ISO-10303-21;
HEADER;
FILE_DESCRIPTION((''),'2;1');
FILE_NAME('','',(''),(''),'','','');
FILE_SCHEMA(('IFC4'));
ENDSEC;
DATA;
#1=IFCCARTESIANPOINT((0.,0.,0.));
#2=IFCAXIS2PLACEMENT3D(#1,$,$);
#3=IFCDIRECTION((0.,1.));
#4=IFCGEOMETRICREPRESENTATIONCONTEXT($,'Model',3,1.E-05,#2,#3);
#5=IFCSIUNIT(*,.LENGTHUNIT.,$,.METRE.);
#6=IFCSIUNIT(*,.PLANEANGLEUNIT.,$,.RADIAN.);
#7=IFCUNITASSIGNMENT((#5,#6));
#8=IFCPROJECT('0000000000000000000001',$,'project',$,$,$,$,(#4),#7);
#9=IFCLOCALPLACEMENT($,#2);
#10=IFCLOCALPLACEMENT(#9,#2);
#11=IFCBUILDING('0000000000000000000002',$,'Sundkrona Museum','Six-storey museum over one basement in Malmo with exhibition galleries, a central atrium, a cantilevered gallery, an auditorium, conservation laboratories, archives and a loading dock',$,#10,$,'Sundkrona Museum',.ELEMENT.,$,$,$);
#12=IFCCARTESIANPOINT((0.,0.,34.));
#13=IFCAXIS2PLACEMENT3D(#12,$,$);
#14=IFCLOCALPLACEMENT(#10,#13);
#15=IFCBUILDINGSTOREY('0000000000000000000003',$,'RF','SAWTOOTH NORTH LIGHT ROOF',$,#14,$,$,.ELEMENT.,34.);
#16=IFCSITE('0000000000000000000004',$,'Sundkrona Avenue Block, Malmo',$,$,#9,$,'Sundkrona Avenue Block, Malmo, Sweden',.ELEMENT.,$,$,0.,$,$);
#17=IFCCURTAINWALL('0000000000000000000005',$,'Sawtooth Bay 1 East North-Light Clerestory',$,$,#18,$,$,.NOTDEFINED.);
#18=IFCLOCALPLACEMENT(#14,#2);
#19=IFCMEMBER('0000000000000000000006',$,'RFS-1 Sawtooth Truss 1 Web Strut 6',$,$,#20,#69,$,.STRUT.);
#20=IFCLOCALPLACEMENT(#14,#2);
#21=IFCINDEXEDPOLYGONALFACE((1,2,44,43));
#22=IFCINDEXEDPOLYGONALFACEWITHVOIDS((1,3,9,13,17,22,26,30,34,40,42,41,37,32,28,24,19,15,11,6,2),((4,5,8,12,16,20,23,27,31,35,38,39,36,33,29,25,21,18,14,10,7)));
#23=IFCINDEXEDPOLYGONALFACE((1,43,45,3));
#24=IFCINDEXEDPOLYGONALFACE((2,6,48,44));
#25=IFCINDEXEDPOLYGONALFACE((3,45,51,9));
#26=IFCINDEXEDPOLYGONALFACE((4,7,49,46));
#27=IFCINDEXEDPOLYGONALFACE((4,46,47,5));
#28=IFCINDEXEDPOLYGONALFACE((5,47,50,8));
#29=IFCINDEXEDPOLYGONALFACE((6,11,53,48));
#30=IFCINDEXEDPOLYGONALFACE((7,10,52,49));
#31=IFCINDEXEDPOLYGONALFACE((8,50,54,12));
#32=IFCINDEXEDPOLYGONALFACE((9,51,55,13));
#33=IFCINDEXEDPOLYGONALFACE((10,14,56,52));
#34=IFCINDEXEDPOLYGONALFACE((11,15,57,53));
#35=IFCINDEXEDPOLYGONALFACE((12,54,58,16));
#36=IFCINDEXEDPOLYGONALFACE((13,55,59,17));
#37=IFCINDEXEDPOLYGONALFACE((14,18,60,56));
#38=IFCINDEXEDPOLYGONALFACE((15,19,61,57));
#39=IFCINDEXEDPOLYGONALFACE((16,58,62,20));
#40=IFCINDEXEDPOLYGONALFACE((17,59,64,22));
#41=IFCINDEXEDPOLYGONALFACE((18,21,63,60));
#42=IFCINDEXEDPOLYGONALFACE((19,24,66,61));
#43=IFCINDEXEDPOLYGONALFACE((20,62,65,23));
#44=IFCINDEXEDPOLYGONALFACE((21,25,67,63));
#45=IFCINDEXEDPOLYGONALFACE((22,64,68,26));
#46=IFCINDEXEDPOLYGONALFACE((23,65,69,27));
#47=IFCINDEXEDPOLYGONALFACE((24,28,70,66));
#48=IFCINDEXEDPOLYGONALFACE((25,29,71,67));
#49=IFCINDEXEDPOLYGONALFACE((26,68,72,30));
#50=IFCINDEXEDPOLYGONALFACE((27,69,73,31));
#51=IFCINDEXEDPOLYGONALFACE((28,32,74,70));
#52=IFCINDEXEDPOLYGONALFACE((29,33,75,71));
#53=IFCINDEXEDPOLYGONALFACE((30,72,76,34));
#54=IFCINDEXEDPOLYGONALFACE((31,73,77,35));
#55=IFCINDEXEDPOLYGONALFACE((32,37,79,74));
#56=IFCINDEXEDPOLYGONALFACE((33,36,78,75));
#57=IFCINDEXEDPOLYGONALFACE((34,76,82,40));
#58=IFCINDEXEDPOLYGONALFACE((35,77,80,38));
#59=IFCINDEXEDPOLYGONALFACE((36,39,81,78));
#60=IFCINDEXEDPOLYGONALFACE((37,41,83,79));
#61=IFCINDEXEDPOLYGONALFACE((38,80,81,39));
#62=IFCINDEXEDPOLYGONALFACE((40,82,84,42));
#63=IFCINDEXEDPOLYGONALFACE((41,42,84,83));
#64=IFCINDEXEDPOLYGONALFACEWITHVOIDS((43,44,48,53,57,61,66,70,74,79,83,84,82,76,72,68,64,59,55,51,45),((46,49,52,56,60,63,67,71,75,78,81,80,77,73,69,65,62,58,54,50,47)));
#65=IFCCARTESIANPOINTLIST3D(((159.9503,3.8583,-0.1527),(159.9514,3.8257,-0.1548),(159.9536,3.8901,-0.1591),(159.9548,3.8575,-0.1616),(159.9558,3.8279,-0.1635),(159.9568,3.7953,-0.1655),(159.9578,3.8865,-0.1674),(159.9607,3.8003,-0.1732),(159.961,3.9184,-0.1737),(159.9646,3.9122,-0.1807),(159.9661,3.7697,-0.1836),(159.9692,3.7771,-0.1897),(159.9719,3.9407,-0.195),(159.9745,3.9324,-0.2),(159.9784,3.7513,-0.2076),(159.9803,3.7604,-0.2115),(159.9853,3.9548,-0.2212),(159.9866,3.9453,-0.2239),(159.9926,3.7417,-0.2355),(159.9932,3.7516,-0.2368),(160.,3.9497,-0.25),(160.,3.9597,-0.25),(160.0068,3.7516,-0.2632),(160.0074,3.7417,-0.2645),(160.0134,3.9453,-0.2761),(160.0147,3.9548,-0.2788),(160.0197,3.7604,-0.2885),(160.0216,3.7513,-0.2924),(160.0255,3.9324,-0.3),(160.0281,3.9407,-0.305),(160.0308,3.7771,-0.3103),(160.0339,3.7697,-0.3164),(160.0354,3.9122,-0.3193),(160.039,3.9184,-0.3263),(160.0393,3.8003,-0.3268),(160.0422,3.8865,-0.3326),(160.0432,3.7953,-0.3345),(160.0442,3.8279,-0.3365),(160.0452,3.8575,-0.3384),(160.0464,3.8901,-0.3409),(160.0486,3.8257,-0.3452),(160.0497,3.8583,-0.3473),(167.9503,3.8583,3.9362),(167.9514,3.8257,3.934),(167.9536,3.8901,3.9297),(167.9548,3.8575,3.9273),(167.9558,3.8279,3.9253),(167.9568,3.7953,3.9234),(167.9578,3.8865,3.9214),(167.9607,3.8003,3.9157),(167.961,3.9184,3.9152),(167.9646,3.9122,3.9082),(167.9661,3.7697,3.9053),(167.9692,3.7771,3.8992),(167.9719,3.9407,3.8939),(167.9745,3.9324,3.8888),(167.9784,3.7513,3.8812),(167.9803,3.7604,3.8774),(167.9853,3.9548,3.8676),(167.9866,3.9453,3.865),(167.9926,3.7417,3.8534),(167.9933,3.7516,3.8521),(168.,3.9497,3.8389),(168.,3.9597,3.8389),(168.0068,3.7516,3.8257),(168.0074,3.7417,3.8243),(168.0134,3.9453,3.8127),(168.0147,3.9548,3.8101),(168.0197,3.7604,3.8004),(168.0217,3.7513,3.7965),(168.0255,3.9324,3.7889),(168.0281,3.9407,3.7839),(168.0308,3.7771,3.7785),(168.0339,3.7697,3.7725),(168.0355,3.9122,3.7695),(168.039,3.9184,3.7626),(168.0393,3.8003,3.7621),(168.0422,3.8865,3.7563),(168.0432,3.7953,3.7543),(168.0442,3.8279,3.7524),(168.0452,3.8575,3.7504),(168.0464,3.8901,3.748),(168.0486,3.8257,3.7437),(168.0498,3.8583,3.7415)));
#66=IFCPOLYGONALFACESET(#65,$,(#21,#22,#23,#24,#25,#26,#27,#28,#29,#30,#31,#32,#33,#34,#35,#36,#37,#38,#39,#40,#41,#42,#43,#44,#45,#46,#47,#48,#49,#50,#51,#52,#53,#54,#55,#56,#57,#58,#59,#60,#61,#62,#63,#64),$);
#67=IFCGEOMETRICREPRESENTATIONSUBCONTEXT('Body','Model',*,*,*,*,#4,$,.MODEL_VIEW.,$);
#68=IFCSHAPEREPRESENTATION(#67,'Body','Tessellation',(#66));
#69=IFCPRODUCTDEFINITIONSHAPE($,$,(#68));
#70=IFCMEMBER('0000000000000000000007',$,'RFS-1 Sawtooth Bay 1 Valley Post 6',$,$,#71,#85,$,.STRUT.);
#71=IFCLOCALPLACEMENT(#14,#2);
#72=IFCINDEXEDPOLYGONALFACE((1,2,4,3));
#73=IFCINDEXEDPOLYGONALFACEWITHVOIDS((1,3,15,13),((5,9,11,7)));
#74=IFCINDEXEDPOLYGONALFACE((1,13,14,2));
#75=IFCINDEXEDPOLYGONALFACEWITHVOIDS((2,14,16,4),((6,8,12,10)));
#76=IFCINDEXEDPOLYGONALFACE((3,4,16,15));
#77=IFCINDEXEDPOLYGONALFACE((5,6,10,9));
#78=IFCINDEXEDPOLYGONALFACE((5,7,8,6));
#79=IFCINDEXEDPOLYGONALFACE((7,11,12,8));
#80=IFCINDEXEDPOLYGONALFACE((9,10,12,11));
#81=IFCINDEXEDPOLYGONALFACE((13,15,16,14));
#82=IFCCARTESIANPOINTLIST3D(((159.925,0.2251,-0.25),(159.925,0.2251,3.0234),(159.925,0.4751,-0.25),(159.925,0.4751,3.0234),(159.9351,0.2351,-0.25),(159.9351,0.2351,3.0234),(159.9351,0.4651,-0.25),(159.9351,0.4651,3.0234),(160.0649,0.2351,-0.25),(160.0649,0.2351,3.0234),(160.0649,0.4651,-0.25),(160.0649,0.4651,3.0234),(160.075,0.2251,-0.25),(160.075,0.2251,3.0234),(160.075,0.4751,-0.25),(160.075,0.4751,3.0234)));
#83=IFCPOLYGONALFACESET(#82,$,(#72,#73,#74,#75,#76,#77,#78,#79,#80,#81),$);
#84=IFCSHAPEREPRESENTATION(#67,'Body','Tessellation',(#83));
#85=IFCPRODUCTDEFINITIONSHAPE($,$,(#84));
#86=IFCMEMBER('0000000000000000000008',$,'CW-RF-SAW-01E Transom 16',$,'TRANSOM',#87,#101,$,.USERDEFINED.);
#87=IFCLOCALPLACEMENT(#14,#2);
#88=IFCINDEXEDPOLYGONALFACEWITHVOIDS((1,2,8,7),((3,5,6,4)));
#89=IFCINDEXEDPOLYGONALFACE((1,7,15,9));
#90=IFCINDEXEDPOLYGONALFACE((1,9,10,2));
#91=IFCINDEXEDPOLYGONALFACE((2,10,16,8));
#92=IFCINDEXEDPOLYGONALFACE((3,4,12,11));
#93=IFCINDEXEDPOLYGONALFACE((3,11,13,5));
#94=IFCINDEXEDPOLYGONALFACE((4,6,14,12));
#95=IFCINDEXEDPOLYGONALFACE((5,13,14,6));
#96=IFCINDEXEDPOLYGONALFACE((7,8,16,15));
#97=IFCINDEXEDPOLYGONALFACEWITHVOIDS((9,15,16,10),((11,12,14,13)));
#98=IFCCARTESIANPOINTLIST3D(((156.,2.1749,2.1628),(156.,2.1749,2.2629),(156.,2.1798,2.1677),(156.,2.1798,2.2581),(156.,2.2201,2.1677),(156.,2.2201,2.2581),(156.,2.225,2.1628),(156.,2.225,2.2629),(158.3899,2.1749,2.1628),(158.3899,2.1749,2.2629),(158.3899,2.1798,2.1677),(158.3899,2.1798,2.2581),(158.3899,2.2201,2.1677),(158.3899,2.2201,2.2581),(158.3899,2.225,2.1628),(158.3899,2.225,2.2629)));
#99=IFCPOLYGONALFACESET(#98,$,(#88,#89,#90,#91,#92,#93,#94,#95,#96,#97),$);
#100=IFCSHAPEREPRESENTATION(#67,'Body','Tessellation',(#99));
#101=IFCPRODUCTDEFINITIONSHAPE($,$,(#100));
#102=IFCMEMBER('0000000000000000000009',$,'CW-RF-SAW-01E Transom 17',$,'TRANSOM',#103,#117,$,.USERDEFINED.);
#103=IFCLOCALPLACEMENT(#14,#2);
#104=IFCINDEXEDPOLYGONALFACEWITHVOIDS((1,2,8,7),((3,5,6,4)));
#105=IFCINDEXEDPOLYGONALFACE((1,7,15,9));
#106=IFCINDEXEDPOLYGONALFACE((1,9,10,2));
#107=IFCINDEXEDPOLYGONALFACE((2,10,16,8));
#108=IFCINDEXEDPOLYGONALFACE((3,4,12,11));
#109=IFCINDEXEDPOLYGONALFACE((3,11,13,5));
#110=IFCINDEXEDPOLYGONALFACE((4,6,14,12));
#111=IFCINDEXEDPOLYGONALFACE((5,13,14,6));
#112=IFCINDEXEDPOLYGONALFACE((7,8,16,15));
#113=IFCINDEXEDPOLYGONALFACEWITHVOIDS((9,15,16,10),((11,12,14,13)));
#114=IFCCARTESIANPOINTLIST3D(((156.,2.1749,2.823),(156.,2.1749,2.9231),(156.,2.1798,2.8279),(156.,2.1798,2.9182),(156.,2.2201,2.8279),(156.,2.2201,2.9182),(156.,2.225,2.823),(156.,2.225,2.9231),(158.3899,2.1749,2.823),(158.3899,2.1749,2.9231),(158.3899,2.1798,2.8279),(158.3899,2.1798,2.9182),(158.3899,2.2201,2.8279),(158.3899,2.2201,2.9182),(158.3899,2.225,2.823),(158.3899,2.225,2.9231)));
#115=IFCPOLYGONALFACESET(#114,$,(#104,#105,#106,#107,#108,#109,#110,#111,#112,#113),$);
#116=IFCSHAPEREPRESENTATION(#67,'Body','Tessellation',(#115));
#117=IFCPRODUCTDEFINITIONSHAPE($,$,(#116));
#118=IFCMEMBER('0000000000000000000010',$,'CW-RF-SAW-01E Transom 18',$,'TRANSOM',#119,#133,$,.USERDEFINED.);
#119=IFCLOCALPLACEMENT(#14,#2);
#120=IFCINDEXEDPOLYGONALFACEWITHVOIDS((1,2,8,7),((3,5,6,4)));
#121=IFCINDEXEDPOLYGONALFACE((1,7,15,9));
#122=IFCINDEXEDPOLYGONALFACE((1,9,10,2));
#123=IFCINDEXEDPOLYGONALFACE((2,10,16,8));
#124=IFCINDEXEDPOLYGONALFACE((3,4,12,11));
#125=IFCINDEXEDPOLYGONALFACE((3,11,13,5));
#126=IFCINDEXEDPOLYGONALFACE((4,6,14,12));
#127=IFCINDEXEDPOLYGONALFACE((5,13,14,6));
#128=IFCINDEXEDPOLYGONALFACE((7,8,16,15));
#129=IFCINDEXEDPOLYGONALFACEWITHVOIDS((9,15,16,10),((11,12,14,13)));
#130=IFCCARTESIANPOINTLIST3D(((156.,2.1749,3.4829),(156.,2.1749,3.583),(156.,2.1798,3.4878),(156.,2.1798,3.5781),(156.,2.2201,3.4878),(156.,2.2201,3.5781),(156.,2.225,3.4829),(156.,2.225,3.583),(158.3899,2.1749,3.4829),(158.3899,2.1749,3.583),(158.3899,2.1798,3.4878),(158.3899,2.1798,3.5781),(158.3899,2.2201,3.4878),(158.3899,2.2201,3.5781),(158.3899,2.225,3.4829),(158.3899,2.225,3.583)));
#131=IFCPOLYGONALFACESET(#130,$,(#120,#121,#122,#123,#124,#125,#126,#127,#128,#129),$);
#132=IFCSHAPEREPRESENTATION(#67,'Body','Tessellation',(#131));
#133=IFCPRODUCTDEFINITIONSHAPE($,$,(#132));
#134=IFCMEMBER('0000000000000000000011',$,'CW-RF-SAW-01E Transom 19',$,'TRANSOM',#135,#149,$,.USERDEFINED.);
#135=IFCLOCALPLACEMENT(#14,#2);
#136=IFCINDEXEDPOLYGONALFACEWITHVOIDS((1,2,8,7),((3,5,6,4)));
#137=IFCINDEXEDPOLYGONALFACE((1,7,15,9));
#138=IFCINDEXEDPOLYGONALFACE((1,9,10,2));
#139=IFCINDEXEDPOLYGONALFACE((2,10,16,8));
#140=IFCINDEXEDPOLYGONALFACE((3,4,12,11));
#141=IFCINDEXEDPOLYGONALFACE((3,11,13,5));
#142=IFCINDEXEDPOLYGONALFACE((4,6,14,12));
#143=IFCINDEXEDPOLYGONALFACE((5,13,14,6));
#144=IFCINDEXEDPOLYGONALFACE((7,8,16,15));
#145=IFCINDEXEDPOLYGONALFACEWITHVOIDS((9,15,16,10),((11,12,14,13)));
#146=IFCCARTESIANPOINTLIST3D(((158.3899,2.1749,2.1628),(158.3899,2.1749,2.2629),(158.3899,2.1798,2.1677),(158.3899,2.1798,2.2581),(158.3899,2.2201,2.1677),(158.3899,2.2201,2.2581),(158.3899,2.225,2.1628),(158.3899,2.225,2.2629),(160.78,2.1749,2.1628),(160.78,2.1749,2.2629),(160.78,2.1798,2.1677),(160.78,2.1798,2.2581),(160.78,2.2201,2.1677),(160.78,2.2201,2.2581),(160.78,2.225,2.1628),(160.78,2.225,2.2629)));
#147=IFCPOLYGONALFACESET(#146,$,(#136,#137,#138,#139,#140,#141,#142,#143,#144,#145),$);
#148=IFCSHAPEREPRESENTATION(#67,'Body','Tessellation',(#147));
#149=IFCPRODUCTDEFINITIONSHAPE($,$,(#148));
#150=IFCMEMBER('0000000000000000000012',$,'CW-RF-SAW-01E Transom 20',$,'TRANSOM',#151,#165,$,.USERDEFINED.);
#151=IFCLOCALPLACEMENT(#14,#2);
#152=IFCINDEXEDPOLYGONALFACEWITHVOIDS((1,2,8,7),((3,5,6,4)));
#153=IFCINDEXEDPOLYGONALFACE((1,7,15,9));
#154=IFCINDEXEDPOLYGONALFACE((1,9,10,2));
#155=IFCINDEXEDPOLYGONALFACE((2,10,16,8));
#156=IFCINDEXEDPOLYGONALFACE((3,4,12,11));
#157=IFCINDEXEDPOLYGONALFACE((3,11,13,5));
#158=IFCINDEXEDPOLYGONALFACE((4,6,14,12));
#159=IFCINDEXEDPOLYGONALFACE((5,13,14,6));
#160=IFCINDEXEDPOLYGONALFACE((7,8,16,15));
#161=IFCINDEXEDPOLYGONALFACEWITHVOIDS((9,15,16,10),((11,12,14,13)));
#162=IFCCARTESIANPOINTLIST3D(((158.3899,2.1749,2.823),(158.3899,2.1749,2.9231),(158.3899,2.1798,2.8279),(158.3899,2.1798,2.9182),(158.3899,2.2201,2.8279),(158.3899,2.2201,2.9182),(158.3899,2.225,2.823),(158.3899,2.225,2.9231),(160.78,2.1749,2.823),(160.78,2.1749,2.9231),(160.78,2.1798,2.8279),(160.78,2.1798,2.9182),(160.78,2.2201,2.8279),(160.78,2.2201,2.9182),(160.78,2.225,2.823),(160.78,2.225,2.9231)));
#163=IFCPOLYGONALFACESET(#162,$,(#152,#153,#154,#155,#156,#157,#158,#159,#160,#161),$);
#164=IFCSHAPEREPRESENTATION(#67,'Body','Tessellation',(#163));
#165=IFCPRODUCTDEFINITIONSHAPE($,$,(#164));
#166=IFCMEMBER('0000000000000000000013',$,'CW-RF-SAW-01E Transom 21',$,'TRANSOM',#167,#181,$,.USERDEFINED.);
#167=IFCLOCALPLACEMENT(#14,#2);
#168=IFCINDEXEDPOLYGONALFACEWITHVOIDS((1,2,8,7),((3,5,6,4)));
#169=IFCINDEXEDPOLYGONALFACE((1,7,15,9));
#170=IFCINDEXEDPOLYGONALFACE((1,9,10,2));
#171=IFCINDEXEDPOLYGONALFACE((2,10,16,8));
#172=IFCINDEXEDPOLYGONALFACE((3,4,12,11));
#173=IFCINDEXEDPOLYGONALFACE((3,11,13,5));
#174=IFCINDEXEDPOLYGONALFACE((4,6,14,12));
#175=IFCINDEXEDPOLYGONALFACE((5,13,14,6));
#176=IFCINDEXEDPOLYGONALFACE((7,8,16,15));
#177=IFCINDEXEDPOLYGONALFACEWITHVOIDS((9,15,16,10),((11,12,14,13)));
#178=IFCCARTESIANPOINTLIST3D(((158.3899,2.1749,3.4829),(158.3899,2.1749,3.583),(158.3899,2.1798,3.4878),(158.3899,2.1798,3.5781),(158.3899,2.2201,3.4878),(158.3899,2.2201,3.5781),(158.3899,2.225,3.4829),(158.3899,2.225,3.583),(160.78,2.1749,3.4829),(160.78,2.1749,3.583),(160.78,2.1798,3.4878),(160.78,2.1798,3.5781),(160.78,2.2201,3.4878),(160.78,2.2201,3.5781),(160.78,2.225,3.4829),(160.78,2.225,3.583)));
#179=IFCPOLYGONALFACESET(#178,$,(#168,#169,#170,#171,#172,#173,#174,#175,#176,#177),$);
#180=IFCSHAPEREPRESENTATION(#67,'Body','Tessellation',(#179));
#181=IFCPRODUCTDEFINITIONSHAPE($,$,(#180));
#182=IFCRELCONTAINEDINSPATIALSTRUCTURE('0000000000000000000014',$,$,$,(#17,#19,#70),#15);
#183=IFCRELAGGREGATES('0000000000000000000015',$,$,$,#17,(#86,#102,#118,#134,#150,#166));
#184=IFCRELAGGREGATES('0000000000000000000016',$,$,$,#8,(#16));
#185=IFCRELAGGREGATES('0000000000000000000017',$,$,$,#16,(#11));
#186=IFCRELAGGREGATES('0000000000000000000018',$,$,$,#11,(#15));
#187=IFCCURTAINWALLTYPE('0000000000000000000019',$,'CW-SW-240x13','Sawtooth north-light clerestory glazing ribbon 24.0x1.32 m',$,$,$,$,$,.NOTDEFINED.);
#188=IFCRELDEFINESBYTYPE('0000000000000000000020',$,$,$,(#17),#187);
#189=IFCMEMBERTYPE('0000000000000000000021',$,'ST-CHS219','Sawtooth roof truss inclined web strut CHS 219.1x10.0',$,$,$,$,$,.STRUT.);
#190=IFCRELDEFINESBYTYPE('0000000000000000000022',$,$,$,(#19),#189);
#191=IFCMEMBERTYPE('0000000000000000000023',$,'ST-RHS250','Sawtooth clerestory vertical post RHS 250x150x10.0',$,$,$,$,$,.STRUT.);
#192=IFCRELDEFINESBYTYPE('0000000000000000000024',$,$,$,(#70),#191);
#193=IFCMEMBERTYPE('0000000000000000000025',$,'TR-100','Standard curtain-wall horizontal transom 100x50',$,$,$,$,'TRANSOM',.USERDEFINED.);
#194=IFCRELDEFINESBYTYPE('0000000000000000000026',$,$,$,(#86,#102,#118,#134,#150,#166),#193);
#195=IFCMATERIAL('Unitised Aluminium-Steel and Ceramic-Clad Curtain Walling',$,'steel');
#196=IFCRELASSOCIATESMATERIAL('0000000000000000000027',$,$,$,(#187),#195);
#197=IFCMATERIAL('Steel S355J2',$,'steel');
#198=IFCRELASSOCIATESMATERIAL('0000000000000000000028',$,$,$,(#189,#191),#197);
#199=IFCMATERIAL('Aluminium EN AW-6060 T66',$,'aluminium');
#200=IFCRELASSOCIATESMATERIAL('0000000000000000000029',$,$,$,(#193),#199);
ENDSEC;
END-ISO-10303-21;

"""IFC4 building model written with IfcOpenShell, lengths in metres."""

from ifc_helpers import new_model, si_unit, direction, frame, origin, origin_2d, place, context, subcontext, project, spatial, hollow_rectangle, hollow_circle, extrude, material, material_profile, profile_set, type_object, element, aggregate, save


model = new_model("IFC4")

# Units and contexts
model_context = context("Model", 3, precision=1e-05, world=origin(), true_north=direction((0.0, 1.0)))
body_context = subcontext(model_context, "Body", "Model", "MODEL_VIEW")
ifc_project = project(units=[si_unit("LENGTHUNIT", "METRE"), si_unit("PLANEANGLEUNIT", "RADIAN")], contexts=[model_context])

# Site, building, storey
site_placement = place(None, origin())
site = spatial("IfcSite", under=ifc_project, at=site_placement, Name="Sundkrona Avenue Block, Malmo", LongName="Sundkrona Avenue Block, Malmo, Sweden", CompositionType="ELEMENT", RefElevation=0.0)
building_placement = place(site_placement, origin())
building = spatial("IfcBuilding", under=site, at=building_placement, Name="Sundkrona Museum", Description="Six-storey museum over one basement in Malmo with exhibition galleries, a central atrium, a cantilevered gallery, an auditorium, conservation laboratories, archives and a loading dock", LongName="Sundkrona Museum", CompositionType="ELEMENT")
storey_placement = place(building_placement, frame((0.0, 0.0, 34.0)))
storey = spatial("IfcBuildingStorey", under=building, at=storey_placement, Name="RF", Description="SAWTOOTH NORTH LIGHT ROOF", CompositionType="ELEMENT", Elevation=34.0)

# Curtain wall
ifc_material_1 = material(Name="Unitised Aluminium-Steel and Ceramic-Clad Curtain Walling", Category="steel")
curtain_wall_type = type_object("IfcCurtainWallType", Name="CW-SW-240x13", Description="Sawtooth north-light clerestory glazing ribbon 24.0x1.32 m", PredefinedType="NOTDEFINED", material=ifc_material_1)
curtain_wall_placement = place(storey_placement, origin())
curtain_wall = element("IfcCurtainWall", 1, at=curtain_wall_placement, inside=storey, type_object=curtain_wall_type, Name="Sawtooth Bay 1 East North-Light Clerestory", PredefinedType="NOTDEFINED")
ifc_material_2 = material(Name="Aluminium EN AW-6060 T66", Category="aluminium")

# Members
ifc_material_3 = material(Name="Steel S355J2", Category="steel")
ifc_material_profile_1 = material_profile(ifc_material_3, hollow_circle(Radius=0.1096, WallThickness=0.01, at=origin_2d()), Name="CHS 219.1x10.0")
ifc_profile_set_1 = profile_set([ifc_material_profile_1], Name="Steel S355J2")
member_type_1 = type_object("IfcMemberType", Name="ST-CHS219", Description="Sawtooth roof truss inclined web strut CHS 219.1x10.0", PredefinedType="STRUT", material=ifc_profile_set_1)
member_1_placement = place(storey_placement, frame((160.0, 3.8501, -0.25), z_axis=(0.890436, 0.0, 0.455109), x_axis=(0.0, 1.0, 0.0)))
element("IfcMember", 2, at=member_1_placement, inside=storey, type_object=member_type_1, Name="RFS-1 Sawtooth Truss 1 Web Strut 6", PredefinedType="STRUT", context=body_context, shape_type="SweptSolid", body=[
    extrude(hollow_circle(Radius=0.1096, WallThickness=0.01, at=origin_2d()), origin(), (0.0, 0.0, 1.0), 8.9844),
])
ifc_material_profile_2 = material_profile(ifc_material_3, hollow_rectangle(XDim=0.1499, YDim=0.25, WallThickness=0.01, at=origin_2d()), Name="RHS 250x150x10.0")
ifc_profile_set_2 = profile_set([ifc_material_profile_2], Name="Steel S355J2")
member_type_2 = type_object("IfcMemberType", Name="ST-RHS250", Description="Sawtooth clerestory vertical post RHS 250x150x10.0", PredefinedType="STRUT", material=ifc_profile_set_2)
member_2_placement = place(storey_placement, frame((160.0, 0.3501, -0.25), z_axis=(0.0, 0.0, 1.0), x_axis=(1.0, 0.0, 0.0)))
element("IfcMember", 3, at=member_2_placement, inside=storey, type_object=member_type_2, Name="RFS-1 Sawtooth Bay 1 Valley Post 6", PredefinedType="STRUT", context=body_context, shape_type="SweptSolid", body=[
    extrude(hollow_rectangle(XDim=0.1499, YDim=0.25, WallThickness=0.01, at=origin_2d()), origin(), (0.0, 0.0, 1.0), 3.2734),
])

# Members
ifc_material_profile_3 = material_profile(ifc_material_2, hollow_rectangle(XDim=0.05, YDim=0.1001, WallThickness=0.0049, at=origin_2d()), Name="RHS 100x50x5.0")
ifc_profile_set_3 = profile_set([ifc_material_profile_3], Name="Aluminium EN AW-6060 T66")
member_type_3 = type_object("IfcMemberType", Name="TR-100", Description="Standard curtain-wall horizontal transom 100x50", ElementType="TRANSOM", PredefinedType="USERDEFINED", material=ifc_profile_set_3)
member_3_placement = place(storey_placement, frame((156.0, 2.2, 2.2129), z_axis=(1.0, 0.0, 0.0), x_axis=(0.0, 1.0, 0.0)))
member_3 = element("IfcMember", 4, at=member_3_placement, type_object=member_type_3, Name="CW-RF-SAW-01E Transom 16", ObjectType="TRANSOM", PredefinedType="USERDEFINED", context=body_context, shape_type="SweptSolid", body=[
    extrude(hollow_rectangle(XDim=0.05, YDim=0.1001, WallThickness=0.0049, at=origin_2d()), origin(), (0.0, 0.0, 1.0), 2.3899),
])
member_4_placement = place(storey_placement, frame((156.0, 2.2, 2.873), z_axis=(1.0, 0.0, 0.0), x_axis=(0.0, 1.0, 0.0)))
member_4 = element("IfcMember", 5, at=member_4_placement, type_object=member_type_3, Name="CW-RF-SAW-01E Transom 17", ObjectType="TRANSOM", PredefinedType="USERDEFINED", context=body_context, shape_type="SweptSolid", body=[
    extrude(hollow_rectangle(XDim=0.05, YDim=0.1001, WallThickness=0.0049, at=origin_2d()), origin(), (0.0, 0.0, 1.0), 2.3899),
])
member_5_placement = place(storey_placement, frame((156.0, 2.2, 3.533), z_axis=(1.0, 0.0, 0.0), x_axis=(0.0, 1.0, 0.0)))
member_5 = element("IfcMember", 6, at=member_5_placement, type_object=member_type_3, Name="CW-RF-SAW-01E Transom 18", ObjectType="TRANSOM", PredefinedType="USERDEFINED", context=body_context, shape_type="SweptSolid", body=[
    extrude(hollow_rectangle(XDim=0.05, YDim=0.1001, WallThickness=0.0049, at=origin_2d()), origin(), (0.0, 0.0, 1.0), 2.3899),
])
member_6_placement = place(storey_placement, frame((158.3899, 2.2, 2.2129), z_axis=(1.0, 0.0, 0.0), x_axis=(0.0, 1.0, 0.0)))
member_6 = element("IfcMember", 7, at=member_6_placement, type_object=member_type_3, Name="CW-RF-SAW-01E Transom 19", ObjectType="TRANSOM", PredefinedType="USERDEFINED", context=body_context, shape_type="SweptSolid", body=[
    extrude(hollow_rectangle(XDim=0.05, YDim=0.1001, WallThickness=0.0049, at=origin_2d()), origin(), (0.0, 0.0, 1.0), 2.3901),
])
member_7_placement = place(storey_placement, frame((158.3899, 2.2, 2.873), z_axis=(1.0, 0.0, 0.0), x_axis=(0.0, 1.0, 0.0)))
member_7 = element("IfcMember", 8, at=member_7_placement, type_object=member_type_3, Name="CW-RF-SAW-01E Transom 20", ObjectType="TRANSOM", PredefinedType="USERDEFINED", context=body_context, shape_type="SweptSolid", body=[
    extrude(hollow_rectangle(XDim=0.05, YDim=0.1001, WallThickness=0.0049, at=origin_2d()), origin(), (0.0, 0.0, 1.0), 2.3901),
])
member_8_placement = place(storey_placement, frame((158.3899, 2.2, 3.533), z_axis=(1.0, 0.0, 0.0), x_axis=(0.0, 1.0, 0.0)))
member_8 = element("IfcMember", 9, at=member_8_placement, type_object=member_type_3, Name="CW-RF-SAW-01E Transom 21", ObjectType="TRANSOM", PredefinedType="USERDEFINED", context=body_context, shape_type="SweptSolid", body=[
    extrude(hollow_rectangle(XDim=0.05, YDim=0.1001, WallThickness=0.0049, at=origin_2d()), origin(), (0.0, 0.0, 1.0), 2.3901),
])

aggregate(curtain_wall, [member_3, member_4, member_5, member_6, member_7, member_8])

save(model, "model.ifc")
